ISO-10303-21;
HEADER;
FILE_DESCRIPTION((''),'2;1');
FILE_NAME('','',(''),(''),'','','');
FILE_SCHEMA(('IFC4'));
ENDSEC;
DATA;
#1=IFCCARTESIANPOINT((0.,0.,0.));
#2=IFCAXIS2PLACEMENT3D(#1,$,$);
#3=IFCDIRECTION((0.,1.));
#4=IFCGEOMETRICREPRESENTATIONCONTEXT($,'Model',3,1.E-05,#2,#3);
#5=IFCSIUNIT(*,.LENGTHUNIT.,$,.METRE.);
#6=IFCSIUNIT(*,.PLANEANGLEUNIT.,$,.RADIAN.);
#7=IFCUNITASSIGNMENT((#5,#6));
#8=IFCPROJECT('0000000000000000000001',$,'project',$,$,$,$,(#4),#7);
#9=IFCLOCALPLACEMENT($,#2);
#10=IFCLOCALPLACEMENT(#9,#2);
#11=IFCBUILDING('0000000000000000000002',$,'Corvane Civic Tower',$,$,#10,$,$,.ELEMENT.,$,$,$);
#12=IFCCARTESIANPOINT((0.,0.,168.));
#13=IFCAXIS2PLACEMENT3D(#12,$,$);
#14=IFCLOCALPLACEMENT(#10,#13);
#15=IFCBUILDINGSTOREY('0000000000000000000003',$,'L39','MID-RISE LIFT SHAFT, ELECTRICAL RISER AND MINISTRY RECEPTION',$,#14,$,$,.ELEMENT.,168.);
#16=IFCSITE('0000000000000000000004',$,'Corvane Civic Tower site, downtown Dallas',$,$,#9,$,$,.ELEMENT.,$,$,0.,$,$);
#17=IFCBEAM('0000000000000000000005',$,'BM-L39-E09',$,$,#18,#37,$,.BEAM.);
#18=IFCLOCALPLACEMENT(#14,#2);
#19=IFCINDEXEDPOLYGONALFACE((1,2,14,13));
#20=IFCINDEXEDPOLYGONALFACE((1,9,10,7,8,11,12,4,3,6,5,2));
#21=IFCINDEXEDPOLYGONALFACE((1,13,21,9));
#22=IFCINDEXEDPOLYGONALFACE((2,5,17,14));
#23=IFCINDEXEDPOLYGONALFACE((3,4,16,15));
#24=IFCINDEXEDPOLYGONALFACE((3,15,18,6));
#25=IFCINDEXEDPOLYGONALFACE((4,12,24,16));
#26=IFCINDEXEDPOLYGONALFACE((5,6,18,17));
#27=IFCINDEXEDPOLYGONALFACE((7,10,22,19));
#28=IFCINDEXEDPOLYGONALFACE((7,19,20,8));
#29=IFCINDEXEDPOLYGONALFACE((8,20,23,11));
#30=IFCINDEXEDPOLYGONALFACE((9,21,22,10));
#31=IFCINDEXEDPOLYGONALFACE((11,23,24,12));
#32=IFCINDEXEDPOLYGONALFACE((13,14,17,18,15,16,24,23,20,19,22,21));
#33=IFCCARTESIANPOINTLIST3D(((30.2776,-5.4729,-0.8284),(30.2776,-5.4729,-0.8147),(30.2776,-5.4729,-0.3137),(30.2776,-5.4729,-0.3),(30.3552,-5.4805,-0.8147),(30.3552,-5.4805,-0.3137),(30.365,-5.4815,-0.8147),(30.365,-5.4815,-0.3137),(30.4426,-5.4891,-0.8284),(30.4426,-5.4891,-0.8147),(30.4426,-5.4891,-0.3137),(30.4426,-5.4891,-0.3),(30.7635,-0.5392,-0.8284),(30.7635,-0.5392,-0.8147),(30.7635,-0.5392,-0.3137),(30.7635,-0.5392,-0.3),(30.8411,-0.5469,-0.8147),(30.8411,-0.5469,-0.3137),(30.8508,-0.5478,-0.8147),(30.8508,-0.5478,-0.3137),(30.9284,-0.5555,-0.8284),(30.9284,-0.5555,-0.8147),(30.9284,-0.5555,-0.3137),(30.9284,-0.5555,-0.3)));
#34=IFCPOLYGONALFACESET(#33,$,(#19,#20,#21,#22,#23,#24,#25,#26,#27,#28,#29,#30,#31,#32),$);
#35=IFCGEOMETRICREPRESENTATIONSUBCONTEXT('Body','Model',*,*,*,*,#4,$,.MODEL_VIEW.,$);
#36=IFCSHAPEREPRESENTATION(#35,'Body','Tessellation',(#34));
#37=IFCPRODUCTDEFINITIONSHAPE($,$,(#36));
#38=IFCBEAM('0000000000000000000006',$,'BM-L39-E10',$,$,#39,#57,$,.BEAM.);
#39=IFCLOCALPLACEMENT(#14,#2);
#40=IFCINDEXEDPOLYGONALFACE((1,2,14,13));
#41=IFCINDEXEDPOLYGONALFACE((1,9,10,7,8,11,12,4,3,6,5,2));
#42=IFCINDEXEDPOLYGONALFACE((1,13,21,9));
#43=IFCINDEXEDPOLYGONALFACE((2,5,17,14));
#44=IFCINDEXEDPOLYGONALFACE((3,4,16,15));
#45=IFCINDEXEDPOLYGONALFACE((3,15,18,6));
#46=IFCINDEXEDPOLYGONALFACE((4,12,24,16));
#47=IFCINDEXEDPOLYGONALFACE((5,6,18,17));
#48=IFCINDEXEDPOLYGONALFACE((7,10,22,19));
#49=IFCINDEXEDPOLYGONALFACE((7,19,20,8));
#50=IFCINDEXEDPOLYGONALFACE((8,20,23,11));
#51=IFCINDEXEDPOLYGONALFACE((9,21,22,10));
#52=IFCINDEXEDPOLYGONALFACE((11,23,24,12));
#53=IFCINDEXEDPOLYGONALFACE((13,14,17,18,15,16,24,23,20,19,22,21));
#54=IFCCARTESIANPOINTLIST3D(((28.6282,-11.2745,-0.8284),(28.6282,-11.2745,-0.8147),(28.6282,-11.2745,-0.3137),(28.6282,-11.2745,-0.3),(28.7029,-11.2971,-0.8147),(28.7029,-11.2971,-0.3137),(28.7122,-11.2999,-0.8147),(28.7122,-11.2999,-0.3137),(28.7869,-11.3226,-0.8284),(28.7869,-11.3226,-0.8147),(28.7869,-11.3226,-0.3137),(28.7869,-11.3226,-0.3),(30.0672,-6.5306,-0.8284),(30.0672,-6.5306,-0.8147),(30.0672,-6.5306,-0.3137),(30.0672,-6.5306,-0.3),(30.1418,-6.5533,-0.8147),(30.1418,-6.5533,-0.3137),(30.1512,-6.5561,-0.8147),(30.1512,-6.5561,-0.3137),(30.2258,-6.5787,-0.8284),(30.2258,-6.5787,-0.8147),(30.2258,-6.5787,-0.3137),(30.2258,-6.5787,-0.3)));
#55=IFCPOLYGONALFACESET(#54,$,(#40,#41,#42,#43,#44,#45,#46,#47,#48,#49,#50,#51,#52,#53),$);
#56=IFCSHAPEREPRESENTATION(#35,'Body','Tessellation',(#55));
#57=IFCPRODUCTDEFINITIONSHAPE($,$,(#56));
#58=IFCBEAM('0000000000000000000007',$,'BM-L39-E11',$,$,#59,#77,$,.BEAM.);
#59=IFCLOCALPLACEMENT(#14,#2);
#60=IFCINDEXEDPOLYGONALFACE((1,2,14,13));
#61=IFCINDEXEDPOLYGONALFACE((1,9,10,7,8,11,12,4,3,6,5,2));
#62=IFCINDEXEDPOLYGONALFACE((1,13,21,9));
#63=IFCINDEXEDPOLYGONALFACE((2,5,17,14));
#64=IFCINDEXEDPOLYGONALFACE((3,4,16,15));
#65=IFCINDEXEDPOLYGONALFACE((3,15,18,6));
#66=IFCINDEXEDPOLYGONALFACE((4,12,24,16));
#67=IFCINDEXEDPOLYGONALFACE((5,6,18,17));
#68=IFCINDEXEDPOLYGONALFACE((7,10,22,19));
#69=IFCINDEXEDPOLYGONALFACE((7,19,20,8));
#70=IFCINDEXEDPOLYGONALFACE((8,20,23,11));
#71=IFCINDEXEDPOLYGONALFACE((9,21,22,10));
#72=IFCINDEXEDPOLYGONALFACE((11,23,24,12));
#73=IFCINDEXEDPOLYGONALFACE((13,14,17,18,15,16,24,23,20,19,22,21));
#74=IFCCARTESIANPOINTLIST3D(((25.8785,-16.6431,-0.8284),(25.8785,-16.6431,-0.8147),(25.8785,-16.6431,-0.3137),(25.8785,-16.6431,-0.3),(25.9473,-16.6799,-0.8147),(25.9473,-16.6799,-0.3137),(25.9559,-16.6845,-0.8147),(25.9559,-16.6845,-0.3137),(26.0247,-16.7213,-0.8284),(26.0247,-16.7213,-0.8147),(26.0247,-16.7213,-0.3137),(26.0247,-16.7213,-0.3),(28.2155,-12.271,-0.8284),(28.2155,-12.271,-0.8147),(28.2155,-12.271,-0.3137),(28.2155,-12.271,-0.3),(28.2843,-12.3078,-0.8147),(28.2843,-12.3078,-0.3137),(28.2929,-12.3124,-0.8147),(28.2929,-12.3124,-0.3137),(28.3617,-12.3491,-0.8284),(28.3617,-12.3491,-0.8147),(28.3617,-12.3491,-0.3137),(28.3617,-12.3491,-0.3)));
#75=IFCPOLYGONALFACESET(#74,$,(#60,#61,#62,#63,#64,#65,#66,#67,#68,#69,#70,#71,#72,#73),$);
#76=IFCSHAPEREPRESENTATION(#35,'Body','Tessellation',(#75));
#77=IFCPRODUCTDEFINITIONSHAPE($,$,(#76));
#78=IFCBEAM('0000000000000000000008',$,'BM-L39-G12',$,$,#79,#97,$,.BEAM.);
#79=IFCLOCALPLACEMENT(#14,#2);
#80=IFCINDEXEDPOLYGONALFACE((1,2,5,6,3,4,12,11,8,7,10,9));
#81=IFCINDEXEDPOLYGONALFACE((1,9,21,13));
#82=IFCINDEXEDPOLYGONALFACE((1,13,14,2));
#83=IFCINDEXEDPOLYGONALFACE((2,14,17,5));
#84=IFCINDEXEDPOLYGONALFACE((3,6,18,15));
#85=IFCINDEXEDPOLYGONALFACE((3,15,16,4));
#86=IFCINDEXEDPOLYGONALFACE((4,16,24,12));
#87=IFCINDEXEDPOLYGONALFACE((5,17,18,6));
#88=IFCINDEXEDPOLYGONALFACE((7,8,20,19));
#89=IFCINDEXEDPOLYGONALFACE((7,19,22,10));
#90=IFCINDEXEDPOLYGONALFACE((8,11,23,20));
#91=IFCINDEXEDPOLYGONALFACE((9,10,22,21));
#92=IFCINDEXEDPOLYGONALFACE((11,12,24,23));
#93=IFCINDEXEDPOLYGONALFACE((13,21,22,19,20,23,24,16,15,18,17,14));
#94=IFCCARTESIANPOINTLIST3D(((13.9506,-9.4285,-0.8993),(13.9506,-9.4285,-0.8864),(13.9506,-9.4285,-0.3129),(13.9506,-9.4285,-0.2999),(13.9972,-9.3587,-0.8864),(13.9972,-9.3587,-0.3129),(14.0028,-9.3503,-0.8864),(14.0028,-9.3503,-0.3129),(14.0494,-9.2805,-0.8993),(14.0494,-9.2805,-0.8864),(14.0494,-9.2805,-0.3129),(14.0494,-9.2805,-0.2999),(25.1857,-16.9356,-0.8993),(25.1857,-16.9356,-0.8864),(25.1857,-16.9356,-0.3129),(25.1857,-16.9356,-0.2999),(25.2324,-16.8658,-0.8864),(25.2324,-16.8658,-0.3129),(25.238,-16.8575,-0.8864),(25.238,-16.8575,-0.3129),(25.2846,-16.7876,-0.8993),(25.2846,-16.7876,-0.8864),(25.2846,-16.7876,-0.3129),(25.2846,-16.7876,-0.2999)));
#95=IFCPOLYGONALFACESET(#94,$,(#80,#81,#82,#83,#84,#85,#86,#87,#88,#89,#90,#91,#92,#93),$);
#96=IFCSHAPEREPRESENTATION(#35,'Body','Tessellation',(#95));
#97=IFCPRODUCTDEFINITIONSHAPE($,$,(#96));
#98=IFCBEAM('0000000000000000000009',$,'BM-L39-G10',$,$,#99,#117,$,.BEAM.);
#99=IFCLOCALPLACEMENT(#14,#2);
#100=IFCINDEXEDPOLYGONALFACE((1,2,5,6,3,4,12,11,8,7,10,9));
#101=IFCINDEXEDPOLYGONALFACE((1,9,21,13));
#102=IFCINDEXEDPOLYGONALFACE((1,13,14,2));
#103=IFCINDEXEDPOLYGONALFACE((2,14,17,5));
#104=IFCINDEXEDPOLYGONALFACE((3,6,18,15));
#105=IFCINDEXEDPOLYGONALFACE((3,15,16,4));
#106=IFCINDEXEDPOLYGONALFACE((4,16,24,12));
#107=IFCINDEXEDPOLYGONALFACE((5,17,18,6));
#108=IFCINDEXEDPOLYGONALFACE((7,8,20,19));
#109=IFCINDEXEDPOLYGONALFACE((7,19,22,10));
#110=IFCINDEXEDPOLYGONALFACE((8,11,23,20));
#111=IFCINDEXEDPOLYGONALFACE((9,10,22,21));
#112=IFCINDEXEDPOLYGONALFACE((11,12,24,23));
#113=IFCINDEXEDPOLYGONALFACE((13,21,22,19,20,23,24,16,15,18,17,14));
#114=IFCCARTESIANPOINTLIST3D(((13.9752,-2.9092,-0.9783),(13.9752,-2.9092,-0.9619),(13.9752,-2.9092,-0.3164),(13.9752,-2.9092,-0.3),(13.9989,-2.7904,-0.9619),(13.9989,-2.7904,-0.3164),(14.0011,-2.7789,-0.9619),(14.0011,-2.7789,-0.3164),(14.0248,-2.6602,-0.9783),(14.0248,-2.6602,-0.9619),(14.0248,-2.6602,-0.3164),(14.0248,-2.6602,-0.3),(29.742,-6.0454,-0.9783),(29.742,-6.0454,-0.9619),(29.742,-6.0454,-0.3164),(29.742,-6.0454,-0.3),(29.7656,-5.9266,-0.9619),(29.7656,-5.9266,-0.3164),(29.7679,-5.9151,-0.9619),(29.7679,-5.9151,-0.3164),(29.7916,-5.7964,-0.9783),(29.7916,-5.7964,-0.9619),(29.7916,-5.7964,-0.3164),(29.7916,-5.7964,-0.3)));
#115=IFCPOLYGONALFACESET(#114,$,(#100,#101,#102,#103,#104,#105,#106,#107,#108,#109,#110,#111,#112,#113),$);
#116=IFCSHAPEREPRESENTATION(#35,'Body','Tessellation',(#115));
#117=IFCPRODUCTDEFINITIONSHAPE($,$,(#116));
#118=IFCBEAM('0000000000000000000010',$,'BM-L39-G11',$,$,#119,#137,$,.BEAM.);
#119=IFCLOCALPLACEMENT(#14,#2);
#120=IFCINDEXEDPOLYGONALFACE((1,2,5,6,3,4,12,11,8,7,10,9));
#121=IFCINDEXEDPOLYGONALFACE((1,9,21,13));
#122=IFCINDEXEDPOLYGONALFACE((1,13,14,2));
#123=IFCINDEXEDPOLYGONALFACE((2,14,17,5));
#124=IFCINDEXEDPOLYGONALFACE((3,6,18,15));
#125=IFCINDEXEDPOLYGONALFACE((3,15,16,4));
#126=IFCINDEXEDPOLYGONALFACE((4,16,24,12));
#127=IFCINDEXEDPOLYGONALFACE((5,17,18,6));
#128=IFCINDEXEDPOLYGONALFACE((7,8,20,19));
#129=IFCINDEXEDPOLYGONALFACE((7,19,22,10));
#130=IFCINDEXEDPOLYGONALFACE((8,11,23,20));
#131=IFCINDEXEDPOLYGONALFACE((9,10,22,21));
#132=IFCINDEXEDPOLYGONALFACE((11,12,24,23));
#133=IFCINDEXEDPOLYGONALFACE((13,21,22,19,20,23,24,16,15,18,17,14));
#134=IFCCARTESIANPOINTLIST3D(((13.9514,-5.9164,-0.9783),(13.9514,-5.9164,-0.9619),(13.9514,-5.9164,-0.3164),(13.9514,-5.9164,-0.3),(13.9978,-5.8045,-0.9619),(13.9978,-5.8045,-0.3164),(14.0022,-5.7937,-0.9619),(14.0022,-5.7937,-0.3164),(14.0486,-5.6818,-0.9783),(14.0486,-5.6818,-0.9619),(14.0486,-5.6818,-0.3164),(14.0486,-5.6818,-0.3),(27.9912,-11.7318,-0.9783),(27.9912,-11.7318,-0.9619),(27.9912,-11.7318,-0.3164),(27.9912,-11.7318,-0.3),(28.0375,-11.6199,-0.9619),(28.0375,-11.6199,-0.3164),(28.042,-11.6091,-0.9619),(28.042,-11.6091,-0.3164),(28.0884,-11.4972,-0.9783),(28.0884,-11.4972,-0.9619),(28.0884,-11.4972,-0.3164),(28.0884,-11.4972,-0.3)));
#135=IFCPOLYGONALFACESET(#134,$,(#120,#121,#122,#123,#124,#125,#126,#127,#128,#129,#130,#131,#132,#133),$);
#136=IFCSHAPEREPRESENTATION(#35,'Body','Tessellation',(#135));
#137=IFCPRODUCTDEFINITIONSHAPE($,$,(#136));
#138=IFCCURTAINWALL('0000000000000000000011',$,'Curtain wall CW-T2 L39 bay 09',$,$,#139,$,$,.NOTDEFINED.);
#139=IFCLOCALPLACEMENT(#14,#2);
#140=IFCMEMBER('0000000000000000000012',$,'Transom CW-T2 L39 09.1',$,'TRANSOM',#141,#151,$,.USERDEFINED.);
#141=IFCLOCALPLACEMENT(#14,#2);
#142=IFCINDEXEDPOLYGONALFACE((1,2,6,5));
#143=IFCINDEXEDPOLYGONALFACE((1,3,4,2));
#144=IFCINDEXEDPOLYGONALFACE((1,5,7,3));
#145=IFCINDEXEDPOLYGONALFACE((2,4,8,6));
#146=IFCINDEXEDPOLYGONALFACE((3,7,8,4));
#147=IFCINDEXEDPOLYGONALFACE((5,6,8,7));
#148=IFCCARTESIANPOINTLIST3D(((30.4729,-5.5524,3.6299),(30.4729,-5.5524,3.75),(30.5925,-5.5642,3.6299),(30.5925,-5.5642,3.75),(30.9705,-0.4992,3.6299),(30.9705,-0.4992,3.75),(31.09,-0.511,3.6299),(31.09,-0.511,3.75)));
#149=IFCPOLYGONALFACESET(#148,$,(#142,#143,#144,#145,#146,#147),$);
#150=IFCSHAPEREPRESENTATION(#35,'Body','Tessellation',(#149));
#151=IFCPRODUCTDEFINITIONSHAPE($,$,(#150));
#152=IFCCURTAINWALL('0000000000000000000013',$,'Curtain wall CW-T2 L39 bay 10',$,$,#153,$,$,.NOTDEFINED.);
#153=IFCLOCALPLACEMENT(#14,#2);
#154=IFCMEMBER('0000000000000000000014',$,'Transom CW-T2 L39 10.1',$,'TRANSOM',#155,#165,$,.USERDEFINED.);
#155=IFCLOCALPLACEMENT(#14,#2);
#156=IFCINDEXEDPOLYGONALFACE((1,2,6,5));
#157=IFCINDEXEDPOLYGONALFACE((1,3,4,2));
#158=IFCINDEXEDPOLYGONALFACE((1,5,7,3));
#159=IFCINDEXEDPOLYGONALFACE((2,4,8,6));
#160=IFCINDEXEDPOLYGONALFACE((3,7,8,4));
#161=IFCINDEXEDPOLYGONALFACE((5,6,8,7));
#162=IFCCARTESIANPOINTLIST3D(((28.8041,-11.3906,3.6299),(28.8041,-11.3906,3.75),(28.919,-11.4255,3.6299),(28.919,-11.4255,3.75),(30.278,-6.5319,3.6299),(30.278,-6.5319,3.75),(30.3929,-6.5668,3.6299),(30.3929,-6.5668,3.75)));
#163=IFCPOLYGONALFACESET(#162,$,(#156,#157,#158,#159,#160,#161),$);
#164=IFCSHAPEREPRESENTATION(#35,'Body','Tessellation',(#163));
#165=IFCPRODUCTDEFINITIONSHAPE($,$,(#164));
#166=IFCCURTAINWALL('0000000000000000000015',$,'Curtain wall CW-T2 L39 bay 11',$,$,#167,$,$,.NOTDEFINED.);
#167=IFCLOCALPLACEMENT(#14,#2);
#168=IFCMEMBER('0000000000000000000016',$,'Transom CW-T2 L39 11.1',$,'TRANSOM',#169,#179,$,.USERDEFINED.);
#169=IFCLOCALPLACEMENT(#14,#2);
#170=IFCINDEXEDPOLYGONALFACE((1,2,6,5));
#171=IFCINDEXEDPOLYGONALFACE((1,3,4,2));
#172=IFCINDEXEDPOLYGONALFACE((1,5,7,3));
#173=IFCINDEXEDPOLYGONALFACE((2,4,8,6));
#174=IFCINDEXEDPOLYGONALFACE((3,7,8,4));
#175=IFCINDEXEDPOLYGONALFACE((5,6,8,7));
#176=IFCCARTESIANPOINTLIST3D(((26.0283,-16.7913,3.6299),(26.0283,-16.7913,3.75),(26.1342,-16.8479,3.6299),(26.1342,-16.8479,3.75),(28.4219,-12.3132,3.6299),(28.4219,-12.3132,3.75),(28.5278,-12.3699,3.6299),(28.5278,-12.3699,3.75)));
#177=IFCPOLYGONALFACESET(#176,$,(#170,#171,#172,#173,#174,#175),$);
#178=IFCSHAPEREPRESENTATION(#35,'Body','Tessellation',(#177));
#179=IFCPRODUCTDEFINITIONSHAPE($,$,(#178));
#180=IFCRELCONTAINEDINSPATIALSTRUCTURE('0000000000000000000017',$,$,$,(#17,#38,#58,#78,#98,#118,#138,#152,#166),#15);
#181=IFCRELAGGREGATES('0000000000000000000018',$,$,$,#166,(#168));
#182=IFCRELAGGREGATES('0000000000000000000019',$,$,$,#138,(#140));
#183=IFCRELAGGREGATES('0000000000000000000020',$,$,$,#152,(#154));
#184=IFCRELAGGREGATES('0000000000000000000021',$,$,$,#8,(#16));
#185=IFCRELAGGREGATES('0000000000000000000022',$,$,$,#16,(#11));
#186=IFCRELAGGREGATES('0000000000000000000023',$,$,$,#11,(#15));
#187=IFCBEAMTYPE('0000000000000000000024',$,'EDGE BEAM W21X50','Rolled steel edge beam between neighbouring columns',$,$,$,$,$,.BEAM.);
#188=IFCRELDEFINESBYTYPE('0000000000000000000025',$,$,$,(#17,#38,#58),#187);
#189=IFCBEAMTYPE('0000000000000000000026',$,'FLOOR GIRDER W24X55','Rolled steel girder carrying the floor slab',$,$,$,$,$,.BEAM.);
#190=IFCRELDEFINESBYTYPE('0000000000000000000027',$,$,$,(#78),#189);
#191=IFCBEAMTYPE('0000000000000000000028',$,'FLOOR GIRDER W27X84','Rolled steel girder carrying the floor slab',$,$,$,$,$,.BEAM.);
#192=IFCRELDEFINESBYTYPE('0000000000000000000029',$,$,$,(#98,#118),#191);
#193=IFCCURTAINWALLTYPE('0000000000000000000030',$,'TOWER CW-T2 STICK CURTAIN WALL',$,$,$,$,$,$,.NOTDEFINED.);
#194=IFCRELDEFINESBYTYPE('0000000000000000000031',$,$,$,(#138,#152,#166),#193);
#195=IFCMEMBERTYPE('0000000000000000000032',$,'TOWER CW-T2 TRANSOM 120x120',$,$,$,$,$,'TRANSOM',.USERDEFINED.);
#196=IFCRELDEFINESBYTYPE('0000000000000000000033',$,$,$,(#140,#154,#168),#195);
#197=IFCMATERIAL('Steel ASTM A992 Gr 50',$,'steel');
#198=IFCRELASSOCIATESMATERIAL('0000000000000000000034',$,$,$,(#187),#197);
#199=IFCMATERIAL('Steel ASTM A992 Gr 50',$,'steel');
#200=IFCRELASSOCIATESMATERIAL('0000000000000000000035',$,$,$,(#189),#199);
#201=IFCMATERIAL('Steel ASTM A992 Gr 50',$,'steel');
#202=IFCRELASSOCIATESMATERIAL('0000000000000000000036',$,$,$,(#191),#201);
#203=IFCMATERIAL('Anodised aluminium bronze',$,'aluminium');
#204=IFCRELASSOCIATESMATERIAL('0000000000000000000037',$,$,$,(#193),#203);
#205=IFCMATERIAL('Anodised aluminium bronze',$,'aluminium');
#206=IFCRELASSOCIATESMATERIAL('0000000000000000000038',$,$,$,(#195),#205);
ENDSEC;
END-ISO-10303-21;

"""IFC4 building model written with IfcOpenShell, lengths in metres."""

from ifc_helpers import new_model, si_unit, direction, frame, origin, origin_2d, place, context, subcontext, project, spatial, rectangle, i_section, extrude, material, material_profile, profile_set, type_object, element, aggregate, save


model = new_model("IFC4")

# Units and contexts
model_context = context("Model", 3, precision=1e-05, world=origin(), true_north=direction((0.0, 1.0)))
body_context = subcontext(model_context, "Body", "Model", "MODEL_VIEW")
ifc_project = project(units=[si_unit("LENGTHUNIT", "METRE"), si_unit("PLANEANGLEUNIT", "RADIAN")], contexts=[model_context])

# Site, building, storey
site_placement = place(None, origin())
site = spatial("IfcSite", under=ifc_project, at=site_placement, Name="Corvane Civic Tower site, downtown Dallas", CompositionType="ELEMENT", RefElevation=0.0)
building_placement = place(site_placement, origin())
building = spatial("IfcBuilding", under=site, at=building_placement, Name="Corvane Civic Tower", CompositionType="ELEMENT")
storey_placement = place(building_placement, frame((0.0, 0.0, 168.0)))
storey = spatial("IfcBuildingStorey", under=building, at=storey_placement, Name="L39", Description="MID-RISE LIFT SHAFT, ELECTRICAL RISER AND MINISTRY RECEPTION", CompositionType="ELEMENT", Elevation=168.0)

# Beams
ifc_material_1 = material(Name="Steel ASTM A992 Gr 50", Category="steel")
ifc_material_profile_1 = material_profile(ifc_material_1, i_section(OverallWidth=0.1658, OverallDepth=0.5283, WebThickness=0.0098, FlangeThickness=0.0137, at=origin_2d()), Name="W21X50")
ifc_profile_set_1 = profile_set([ifc_material_profile_1], Name="Steel ASTM A992 Gr 50")
beam_type_1 = type_object("IfcBeamType", Name="EDGE BEAM W21X50", Description="Rolled steel edge beam between neighbouring columns", PredefinedType="BEAM", material=ifc_profile_set_1)
beam_1_placement = place(storey_placement, frame((30.8459, -0.5474, -0.5642), z_axis=(-0.098002, -0.995186, 0.0), x_axis=(0.995186, -0.098002, 0.0)))
element("IfcBeam", 1, at=beam_1_placement, inside=storey, type_object=beam_type_1, Name="BM-L39-E09", PredefinedType="BEAM", context=body_context, shape_type="SweptSolid", body=[
    extrude(i_section(OverallWidth=0.1658, OverallDepth=0.5283, WebThickness=0.0098, FlangeThickness=0.0137, at=origin_2d()), origin(), (0.0, 0.0, 1.0), 4.9575),
])
beam_2_placement = place(storey_placement, frame((30.1465, -6.5547, -0.5642), z_axis=(-0.29027, -0.956945, 0.0), x_axis=(0.956945, -0.29027, 0.0)))
element("IfcBeam", 2, at=beam_2_placement, inside=storey, type_object=beam_type_1, Name="BM-L39-E10", PredefinedType="BEAM", context=body_context, shape_type="SweptSolid", body=[
    extrude(i_section(OverallWidth=0.1658, OverallDepth=0.5283, WebThickness=0.0098, FlangeThickness=0.0137, at=origin_2d()), origin(), (0.0, 0.0, 1.0), 4.9573),
])
beam_3_placement = place(storey_placement, frame((28.2886, -12.3101, -0.5642), z_axis=(-0.471396, -0.881922, 0.0), x_axis=(0.881922, -0.471396, 0.0)))
element("IfcBeam", 3, at=beam_3_placement, inside=storey, type_object=beam_type_1, Name="BM-L39-E11", PredefinedType="BEAM", context=body_context, shape_type="SweptSolid", body=[
    extrude(i_section(OverallWidth=0.1658, OverallDepth=0.5283, WebThickness=0.0098, FlangeThickness=0.0137, at=origin_2d()), origin(), (0.0, 0.0, 1.0), 4.9575),
])
ifc_material_2 = material(Name="Steel ASTM A992 Gr 50", Category="steel")
ifc_material_profile_2 = material_profile(ifc_material_2, i_section(OverallWidth=0.178, OverallDepth=0.5994, WebThickness=0.01, FlangeThickness=0.0129, at=origin_2d()), Name="W24X55")
ifc_profile_set_2 = profile_set([ifc_material_profile_2], Name="Steel ASTM A992 Gr 50")
beam_type_2 = type_object("IfcBeamType", Name="FLOOR GIRDER W24X55", Description="Rolled steel girder carrying the floor slab", PredefinedType="BEAM", material=ifc_profile_set_2)
beam_4_placement = place(storey_placement, frame((14.0, -9.3545, -0.5996), z_axis=(0.831469, -0.555571, 0.0), x_axis=(0.555571, 0.831469, 0.0)))
element("IfcBeam", 4, at=beam_4_placement, inside=storey, type_object=beam_type_2, Name="BM-L39-G12", PredefinedType="BEAM", context=body_context, shape_type="SweptSolid", body=[
    extrude(i_section(OverallWidth=0.178, OverallDepth=0.5994, WebThickness=0.01, FlangeThickness=0.0129, at=origin_2d()), origin(), (0.0, 0.0, 1.0), 13.5125),
])
ifc_material_3 = material(Name="Steel ASTM A992 Gr 50", Category="steel")
ifc_material_profile_3 = material_profile(ifc_material_3, i_section(OverallWidth=0.2539, OverallDepth=0.6782, WebThickness=0.0117, FlangeThickness=0.0164, at=origin_2d()), Name="W27X84")
ifc_profile_set_3 = profile_set([ifc_material_profile_3], Name="Steel ASTM A992 Gr 50")
beam_type_3 = type_object("IfcBeamType", Name="FLOOR GIRDER W27X84", Description="Rolled steel girder carrying the floor slab", PredefinedType="BEAM", material=ifc_profile_set_3)
beam_5_placement = place(storey_placement, frame((14.0, -2.7847, -0.6392), z_axis=(0.980785, -0.195091, 0.0), x_axis=(0.195091, 0.980785, 0.0)))
element("IfcBeam", 5, at=beam_5_placement, inside=storey, type_object=beam_type_3, Name="BM-L39-G10", PredefinedType="BEAM", context=body_context, shape_type="SweptSolid", body=[
    extrude(i_section(OverallWidth=0.2539, OverallDepth=0.6782, WebThickness=0.0117, FlangeThickness=0.0164, at=origin_2d()), origin(), (0.0, 0.0, 1.0), 16.0757),
])
beam_6_placement = place(storey_placement, frame((14.0, -5.7991, -0.6392), z_axis=(0.923881, -0.382681, 0.0), x_axis=(0.382681, 0.923881, 0.0)))
element("IfcBeam", 6, at=beam_6_placement, inside=storey, type_object=beam_type_3, Name="BM-L39-G11", PredefinedType="BEAM", context=body_context, shape_type="SweptSolid", body=[
    extrude(i_section(OverallWidth=0.2539, OverallDepth=0.6782, WebThickness=0.0117, FlangeThickness=0.0164, at=origin_2d()), origin(), (0.0, 0.0, 1.0), 15.1965),
])

# Curtain walls, members
ifc_material_4 = material(Name="Anodised aluminium bronze", Category="aluminium")
curtain_wall_type = type_object("IfcCurtainWallType", Name="TOWER CW-T2 STICK CURTAIN WALL", PredefinedType="NOTDEFINED", material=ifc_material_4)
curtain_wall_1_placement = place(storey_placement, origin())
curtain_wall_1 = element("IfcCurtainWall", 7, at=curtain_wall_1_placement, inside=storey, type_object=curtain_wall_type, Name="Curtain wall CW-T2 L39 bay 09", PredefinedType="NOTDEFINED")
ifc_material_5 = material(Name="Anodised aluminium bronze", Category="aluminium")
ifc_material_profile_4 = material_profile(ifc_material_5, rectangle(XDim=0.1201, YDim=0.1201, at=origin_2d()), Name="TOWER CW-T2 TRANSOM 120x120")
ifc_profile_set_4 = profile_set([ifc_material_profile_4], Name="Anodised aluminium bronze")
member_type = type_object("IfcMemberType", Name="TOWER CW-T2 TRANSOM 120x120", ElementType="TRANSOM", PredefinedType="USERDEFINED", material=ifc_profile_set_4)
member_1_placement = place(storey_placement, frame((31.0303, -0.5051, 3.6899), z_axis=(-0.09799, -0.995187, 0.0), x_axis=(0.995187, -0.09799, 0.0)))
member_1 = element("IfcMember", 8, at=member_1_placement, type_object=member_type, Name="Transom CW-T2 L39 09.1", ObjectType="TRANSOM", PredefinedType="USERDEFINED", context=body_context, shape_type="SweptSolid", body=[
    extrude(rectangle(XDim=0.1201, YDim=0.1201, at=origin_2d()), origin(), (0.0, 0.0, 1.0), 5.0776),
])
curtain_wall_2_placement = place(storey_placement, origin())
curtain_wall_2 = element("IfcCurtainWall", 9, at=curtain_wall_2_placement, inside=storey, type_object=curtain_wall_type, Name="Curtain wall CW-T2 L39 bay 10", PredefinedType="NOTDEFINED")
member_2_placement = place(storey_placement, frame((30.3354, -6.5493, 3.6899), z_axis=(-0.290289, -0.956939, 0.0), x_axis=(0.956939, -0.290289, 0.0)))
member_2 = element("IfcMember", 10, at=member_2_placement, type_object=member_type, Name="Transom CW-T2 L39 10.1", ObjectType="TRANSOM", PredefinedType="USERDEFINED", context=body_context, shape_type="SweptSolid", body=[
    extrude(rectangle(XDim=0.1201, YDim=0.1201, at=origin_2d()), origin(), (0.0, 0.0, 1.0), 5.0774),
])
curtain_wall_3_placement = place(storey_placement, origin())
curtain_wall_3 = element("IfcCurtainWall", 11, at=curtain_wall_3_placement, inside=storey, type_object=curtain_wall_type, Name="Curtain wall CW-T2 L39 bay 11", PredefinedType="NOTDEFINED")
member_3_placement = place(storey_placement, frame((28.4749, -12.3416, 3.6899), z_axis=(-0.471397, -0.881921, 0.0), x_axis=(0.881921, -0.471397, 0.0)))
member_3 = element("IfcMember", 12, at=member_3_placement, type_object=member_type, Name="Transom CW-T2 L39 11.1", ObjectType="TRANSOM", PredefinedType="USERDEFINED", context=body_context, shape_type="SweptSolid", body=[
    extrude(rectangle(XDim=0.1201, YDim=0.1201, at=origin_2d()), origin(), (0.0, 0.0, 1.0), 5.0776),
])
aggregate(curtain_wall_3, [member_3])

aggregate(curtain_wall_1, [member_1])
aggregate(curtain_wall_2, [member_2])

save(model, "model.ifc")
